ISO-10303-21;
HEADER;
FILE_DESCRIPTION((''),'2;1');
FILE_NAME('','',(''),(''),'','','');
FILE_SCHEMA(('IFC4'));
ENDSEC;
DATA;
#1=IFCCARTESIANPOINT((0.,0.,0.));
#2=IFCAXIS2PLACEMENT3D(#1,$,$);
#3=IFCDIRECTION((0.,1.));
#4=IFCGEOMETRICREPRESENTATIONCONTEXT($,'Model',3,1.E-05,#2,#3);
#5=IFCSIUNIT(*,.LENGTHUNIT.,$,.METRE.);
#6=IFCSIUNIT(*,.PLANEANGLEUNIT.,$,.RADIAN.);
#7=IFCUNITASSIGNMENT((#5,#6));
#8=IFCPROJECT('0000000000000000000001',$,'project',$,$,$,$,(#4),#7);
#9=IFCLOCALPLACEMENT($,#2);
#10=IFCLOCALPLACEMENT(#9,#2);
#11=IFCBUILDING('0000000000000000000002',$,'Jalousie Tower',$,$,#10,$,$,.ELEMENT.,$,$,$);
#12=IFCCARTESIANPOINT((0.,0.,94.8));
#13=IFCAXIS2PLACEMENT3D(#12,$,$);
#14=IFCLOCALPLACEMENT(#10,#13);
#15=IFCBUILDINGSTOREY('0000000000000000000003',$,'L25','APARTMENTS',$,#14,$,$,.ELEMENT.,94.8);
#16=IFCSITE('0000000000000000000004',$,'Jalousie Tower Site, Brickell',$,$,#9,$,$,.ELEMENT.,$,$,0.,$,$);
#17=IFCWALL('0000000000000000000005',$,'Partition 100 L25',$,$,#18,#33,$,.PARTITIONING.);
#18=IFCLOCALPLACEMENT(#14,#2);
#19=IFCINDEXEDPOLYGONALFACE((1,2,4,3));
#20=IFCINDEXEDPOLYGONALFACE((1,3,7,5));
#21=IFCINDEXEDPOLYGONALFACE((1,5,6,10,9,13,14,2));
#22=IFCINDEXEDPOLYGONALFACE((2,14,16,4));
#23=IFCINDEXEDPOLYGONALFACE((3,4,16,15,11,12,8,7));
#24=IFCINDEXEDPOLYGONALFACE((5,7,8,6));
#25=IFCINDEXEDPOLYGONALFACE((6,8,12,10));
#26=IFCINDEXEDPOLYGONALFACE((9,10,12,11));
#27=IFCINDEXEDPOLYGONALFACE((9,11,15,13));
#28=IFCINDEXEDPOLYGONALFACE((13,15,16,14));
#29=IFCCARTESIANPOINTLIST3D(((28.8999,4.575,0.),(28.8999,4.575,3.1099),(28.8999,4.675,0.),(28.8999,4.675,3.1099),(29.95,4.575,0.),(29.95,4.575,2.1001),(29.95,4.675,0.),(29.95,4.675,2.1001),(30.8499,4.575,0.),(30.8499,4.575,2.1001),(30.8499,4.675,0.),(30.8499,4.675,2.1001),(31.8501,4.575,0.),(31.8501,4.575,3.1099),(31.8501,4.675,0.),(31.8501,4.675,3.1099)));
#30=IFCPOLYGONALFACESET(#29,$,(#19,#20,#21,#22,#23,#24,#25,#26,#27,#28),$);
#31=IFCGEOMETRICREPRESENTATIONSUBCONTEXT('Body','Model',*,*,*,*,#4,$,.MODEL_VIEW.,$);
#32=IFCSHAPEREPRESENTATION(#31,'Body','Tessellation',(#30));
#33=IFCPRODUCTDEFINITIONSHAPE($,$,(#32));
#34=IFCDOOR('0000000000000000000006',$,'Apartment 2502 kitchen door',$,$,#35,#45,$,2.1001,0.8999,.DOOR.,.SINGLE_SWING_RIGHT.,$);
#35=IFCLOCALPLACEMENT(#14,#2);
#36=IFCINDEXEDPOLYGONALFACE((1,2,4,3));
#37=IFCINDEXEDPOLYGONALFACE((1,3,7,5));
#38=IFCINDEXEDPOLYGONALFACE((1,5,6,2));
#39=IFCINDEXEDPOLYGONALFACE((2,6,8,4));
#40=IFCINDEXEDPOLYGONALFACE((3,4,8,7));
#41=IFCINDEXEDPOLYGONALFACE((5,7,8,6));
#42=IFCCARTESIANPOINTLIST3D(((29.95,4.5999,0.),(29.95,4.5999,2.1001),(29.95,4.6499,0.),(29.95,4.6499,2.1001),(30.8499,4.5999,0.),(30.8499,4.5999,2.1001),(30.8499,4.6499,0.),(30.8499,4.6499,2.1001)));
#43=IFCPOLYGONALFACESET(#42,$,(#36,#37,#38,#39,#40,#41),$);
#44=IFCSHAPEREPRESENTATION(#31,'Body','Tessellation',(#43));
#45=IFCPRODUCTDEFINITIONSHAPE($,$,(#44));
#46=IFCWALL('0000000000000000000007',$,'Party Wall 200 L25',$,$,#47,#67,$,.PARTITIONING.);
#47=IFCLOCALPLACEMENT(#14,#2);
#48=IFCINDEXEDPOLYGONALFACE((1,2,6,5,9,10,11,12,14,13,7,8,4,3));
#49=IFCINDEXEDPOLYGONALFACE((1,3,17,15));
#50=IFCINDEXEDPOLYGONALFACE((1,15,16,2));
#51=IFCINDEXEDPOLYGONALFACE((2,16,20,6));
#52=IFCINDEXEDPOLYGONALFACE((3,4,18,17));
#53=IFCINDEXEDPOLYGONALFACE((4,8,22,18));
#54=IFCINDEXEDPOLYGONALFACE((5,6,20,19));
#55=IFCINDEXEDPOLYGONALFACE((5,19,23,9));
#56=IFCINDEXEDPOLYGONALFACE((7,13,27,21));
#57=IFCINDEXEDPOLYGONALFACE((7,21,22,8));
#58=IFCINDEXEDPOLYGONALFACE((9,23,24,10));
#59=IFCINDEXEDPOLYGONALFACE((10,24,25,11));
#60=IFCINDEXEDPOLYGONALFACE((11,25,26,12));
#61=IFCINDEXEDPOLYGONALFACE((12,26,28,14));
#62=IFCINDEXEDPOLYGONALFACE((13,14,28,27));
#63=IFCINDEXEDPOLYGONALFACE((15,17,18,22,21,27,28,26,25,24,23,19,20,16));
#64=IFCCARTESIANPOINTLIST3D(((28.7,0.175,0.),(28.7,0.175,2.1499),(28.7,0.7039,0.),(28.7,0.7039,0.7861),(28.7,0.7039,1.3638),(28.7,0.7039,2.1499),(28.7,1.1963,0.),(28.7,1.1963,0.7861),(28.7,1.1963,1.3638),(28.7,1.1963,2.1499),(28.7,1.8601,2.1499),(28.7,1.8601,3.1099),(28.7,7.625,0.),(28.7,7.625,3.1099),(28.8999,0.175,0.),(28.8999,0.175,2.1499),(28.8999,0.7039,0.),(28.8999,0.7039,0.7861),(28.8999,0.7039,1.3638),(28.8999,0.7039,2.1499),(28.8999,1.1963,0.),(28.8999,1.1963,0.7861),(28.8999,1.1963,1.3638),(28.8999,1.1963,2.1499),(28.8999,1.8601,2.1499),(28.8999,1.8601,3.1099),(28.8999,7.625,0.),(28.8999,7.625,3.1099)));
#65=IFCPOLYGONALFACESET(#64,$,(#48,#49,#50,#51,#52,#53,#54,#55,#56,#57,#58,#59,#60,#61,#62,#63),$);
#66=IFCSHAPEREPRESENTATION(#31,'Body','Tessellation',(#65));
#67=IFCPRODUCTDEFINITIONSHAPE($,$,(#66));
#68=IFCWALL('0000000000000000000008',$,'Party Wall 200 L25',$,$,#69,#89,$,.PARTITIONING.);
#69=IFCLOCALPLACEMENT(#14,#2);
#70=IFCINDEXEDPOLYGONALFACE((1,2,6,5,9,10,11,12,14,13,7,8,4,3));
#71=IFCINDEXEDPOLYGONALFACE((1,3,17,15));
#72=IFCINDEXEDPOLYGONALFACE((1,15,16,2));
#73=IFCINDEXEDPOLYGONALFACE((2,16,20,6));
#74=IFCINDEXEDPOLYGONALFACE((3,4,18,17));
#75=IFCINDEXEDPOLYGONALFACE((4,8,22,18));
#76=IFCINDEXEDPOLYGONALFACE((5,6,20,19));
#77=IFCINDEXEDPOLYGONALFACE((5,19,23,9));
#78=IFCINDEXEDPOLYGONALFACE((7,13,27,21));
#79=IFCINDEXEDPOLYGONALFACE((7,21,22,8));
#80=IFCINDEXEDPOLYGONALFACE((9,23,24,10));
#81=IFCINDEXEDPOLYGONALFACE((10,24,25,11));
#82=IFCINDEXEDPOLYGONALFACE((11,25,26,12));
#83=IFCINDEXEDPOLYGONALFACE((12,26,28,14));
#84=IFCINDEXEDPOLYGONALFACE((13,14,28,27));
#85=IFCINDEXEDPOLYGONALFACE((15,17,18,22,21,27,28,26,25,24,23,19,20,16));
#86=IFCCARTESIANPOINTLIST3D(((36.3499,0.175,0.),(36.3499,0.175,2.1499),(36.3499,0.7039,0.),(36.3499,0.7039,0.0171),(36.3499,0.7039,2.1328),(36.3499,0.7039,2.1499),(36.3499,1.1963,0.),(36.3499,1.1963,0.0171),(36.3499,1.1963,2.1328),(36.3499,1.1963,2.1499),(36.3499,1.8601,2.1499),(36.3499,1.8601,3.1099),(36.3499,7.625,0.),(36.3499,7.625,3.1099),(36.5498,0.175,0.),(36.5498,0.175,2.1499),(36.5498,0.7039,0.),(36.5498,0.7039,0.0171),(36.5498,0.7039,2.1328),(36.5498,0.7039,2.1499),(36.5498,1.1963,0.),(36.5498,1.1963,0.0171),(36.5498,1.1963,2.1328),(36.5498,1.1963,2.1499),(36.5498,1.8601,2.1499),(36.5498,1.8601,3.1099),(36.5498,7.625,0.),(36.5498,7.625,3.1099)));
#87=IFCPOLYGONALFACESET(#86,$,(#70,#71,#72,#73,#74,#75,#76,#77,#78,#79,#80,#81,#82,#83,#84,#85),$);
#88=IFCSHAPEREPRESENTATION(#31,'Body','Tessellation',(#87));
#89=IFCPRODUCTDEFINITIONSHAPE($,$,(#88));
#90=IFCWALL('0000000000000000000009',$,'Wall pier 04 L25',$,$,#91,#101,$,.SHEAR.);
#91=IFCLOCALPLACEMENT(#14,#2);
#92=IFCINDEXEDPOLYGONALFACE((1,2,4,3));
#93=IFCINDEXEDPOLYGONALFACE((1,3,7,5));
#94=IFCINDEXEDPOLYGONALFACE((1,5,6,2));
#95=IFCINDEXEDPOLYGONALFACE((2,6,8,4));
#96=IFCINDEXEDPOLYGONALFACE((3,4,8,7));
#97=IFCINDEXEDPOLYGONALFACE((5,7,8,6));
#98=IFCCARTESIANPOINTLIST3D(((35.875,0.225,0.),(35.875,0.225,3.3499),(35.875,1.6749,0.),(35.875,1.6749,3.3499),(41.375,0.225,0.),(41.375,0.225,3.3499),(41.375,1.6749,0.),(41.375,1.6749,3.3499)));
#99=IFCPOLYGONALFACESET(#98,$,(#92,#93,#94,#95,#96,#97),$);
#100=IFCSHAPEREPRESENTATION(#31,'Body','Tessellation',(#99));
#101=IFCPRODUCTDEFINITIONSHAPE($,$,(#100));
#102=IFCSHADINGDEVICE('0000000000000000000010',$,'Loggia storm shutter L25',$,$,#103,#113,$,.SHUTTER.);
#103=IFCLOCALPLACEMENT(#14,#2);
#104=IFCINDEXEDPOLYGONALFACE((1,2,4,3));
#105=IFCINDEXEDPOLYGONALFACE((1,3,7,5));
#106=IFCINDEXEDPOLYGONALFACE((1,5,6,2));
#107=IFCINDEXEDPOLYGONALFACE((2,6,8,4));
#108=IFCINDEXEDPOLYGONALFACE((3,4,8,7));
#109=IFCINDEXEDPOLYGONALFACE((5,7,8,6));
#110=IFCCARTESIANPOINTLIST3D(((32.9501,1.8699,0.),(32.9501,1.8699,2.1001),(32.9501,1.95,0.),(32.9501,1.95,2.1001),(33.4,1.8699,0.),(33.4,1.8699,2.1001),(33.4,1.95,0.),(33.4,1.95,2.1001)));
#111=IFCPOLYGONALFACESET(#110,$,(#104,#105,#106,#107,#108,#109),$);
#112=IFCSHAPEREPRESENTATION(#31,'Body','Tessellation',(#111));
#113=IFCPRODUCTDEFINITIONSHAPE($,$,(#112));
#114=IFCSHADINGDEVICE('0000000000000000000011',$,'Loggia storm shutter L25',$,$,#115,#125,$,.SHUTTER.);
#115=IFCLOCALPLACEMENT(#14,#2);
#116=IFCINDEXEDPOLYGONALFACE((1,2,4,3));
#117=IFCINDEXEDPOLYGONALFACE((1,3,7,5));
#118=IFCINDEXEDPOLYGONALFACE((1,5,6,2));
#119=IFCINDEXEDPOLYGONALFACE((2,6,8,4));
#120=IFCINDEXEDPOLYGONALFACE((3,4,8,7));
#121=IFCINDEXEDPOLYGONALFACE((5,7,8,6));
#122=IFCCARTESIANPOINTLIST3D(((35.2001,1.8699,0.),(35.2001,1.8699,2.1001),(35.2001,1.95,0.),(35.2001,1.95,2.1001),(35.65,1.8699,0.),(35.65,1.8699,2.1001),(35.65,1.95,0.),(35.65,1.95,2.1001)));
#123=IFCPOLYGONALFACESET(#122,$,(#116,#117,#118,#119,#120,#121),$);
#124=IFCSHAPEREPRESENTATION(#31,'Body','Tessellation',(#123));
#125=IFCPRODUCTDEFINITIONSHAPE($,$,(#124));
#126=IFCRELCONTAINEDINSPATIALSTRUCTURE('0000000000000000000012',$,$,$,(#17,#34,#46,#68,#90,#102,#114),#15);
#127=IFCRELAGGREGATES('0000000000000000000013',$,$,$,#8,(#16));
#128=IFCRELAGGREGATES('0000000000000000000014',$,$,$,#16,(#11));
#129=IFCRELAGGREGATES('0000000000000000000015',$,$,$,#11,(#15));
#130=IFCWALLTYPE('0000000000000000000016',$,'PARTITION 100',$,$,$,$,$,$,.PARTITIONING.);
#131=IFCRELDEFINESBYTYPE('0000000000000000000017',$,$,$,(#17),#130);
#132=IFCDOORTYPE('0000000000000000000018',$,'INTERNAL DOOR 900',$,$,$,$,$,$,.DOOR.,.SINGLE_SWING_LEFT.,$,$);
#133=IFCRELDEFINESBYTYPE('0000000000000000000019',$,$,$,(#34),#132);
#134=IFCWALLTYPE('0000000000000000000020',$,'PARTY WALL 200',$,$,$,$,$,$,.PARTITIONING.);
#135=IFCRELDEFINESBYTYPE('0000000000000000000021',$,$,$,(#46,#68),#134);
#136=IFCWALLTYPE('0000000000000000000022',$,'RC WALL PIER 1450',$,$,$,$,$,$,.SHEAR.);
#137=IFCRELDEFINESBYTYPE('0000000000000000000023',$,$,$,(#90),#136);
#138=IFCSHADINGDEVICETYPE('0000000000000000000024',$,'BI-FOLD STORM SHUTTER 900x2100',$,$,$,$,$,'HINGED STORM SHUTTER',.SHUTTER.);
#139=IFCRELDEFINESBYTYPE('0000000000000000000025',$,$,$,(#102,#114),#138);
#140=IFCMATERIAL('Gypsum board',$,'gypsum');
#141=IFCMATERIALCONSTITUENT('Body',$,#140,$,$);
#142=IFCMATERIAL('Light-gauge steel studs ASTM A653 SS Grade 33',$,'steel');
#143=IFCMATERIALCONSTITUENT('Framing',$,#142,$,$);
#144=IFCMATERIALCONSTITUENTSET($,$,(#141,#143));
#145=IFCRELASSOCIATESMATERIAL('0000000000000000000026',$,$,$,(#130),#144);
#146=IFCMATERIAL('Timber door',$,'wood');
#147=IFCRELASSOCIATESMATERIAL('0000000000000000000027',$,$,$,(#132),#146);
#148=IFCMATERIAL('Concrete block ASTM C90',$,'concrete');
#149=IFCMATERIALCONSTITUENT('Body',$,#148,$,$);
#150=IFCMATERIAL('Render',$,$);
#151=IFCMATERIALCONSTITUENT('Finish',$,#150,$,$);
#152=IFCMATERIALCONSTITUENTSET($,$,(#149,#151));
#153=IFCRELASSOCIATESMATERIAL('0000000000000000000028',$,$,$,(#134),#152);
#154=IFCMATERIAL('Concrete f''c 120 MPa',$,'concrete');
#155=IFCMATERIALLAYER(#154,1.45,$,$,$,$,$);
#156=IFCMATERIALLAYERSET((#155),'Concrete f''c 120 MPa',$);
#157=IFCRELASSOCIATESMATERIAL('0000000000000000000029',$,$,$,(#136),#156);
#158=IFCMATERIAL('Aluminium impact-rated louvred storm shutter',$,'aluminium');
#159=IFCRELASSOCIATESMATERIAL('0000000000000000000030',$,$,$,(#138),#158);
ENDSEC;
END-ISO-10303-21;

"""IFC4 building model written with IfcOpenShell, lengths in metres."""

from ifc_helpers import new_model, si_unit, direction, frame, frame_2d, origin, origin_2d, place, context, subcontext, project, spatial, polyline, rectangle, outline, extrude, material, layer, layer_set, constituent, constituent_set, type_object, element, fill, save


model = new_model("IFC4")

# Units and contexts
model_context = context("Model", 3, precision=1e-05, world=origin(), true_north=direction((0.0, 1.0)))
body_context = subcontext(model_context, "Body", "Model", "MODEL_VIEW")
ifc_project = project(units=[si_unit("LENGTHUNIT", "METRE"), si_unit("PLANEANGLEUNIT", "RADIAN")], contexts=[model_context])

# Site, building, storey
site_placement = place(None, origin())
site = spatial("IfcSite", under=ifc_project, at=site_placement, Name="Jalousie Tower Site, Brickell", CompositionType="ELEMENT", RefElevation=0.0)
building_placement = place(site_placement, origin())
building = spatial("IfcBuilding", under=site, at=building_placement, Name="Jalousie Tower", CompositionType="ELEMENT")
storey_placement = place(building_placement, frame((0.0, 0.0, 94.8)))
storey = spatial("IfcBuildingStorey", under=building, at=storey_placement, Name="L25", Description="APARTMENTS", CompositionType="ELEMENT", Elevation=94.8)

# Wall, opening, door
ifc_material_1 = material(Name="Gypsum board", Category="gypsum")
ifc_constituent_1 = constituent(ifc_material_1, Name="Body")
ifc_material_2 = material(Name="Light-gauge steel studs ASTM A653 SS Grade 33", Category="steel")
ifc_constituent_2 = constituent(ifc_material_2, Name="Framing")
ifc_constituent_set_1 = constituent_set(constituents=[ifc_constituent_1, ifc_constituent_2])
wall_type_1 = type_object("IfcWallType", Name="PARTITION 100", PredefinedType="PARTITIONING", material=ifc_constituent_set_1)
wall_1_placement = place(storey_placement, frame((28.8999, 4.625, 0.0), z_axis=(0.0, 0.0, 1.0), x_axis=(1.0, 0.0, 0.0)))
wall_1 = element("IfcWall", 1, at=wall_1_placement, inside=storey, type_object=wall_type_1, Name="Partition 100 L25", PredefinedType="PARTITIONING", context=body_context, shape_type="SweptSolid", body=[
    extrude(rectangle(XDim=2.9502, YDim=0.1001, at=frame_2d((1.4751, 0.0))), origin(), (0.0, 0.0, 1.0), 3.1099),
])
opening_1_placement = place(wall_1_placement, frame((1.05, 0.0, 0.0)))
opening_1 = element("IfcOpeningElement", 2, at=opening_1_placement, cuts=wall_1, PredefinedType="OPENING", context=body_context, shape_type="SweptSolid", body=[
    extrude(rectangle(XDim=0.8999, YDim=2.1001, at=frame_2d((0.45, 1.05))), frame((0.0, 0.0601, 0.0), z_axis=(0.0, -1.0, 0.0), x_axis=(1.0, 0.0, 0.0)), (0.0, 0.0, 1.0), 0.1201),
])
ifc_material_3 = material(Name="Timber door", Category="wood")
door_type_1 = type_object("IfcDoorType", Name="INTERNAL DOOR 900", OperationType="SINGLE_SWING_LEFT", PredefinedType="DOOR", material=ifc_material_3)
door_1_placement = place(opening_1_placement, origin())
door_1 = element("IfcDoor", 3, at=door_1_placement, inside=storey, type_object=door_type_1, Name="Apartment 2502 kitchen door", OperationType="SINGLE_SWING_RIGHT", OverallHeight=2.1001, OverallWidth=0.8999, PredefinedType="DOOR", context=body_context, shape_type="SweptSolid", body=[
    extrude(rectangle(XDim=0.8999, YDim=2.1001, at=frame_2d((0.45, 1.05))), frame((0.0, 0.0249, 0.0), z_axis=(0.0, -1.0, 0.0), x_axis=(1.0, 0.0, 0.0)), (0.0, 0.0, 1.0), 0.05),
])
fill(opening_1, door_1)

# Walls
ifc_material_4 = material(Name="Concrete block ASTM C90", Category="concrete")
ifc_constituent_3 = constituent(ifc_material_4, Name="Body")
ifc_material_5 = material(Name="Render")
ifc_constituent_4 = constituent(ifc_material_5, Name="Finish")
ifc_constituent_set_2 = constituent_set(constituents=[ifc_constituent_3, ifc_constituent_4])
wall_type_2 = type_object("IfcWallType", Name="PARTY WALL 200", PredefinedType="PARTITIONING", material=ifc_constituent_set_2)
wall_2_placement = place(storey_placement, frame((28.8, 0.175, 0.0), z_axis=(0.0, 0.0, 1.0), x_axis=(0.0, 1.0, 0.0)))
element("IfcWall", 4, at=wall_2_placement, inside=storey, type_object=wall_type_2, Name="Party Wall 200 L25", PredefinedType="PARTITIONING", context=body_context, shape_type="SweptSolid", body=[
    extrude(outline(polyline([(0.5288, 2.1499), (0.0, 2.1499), (0.0, 0.0), (0.5288, 0.0), (0.5288, 0.7861), (1.0212, 0.7861), (1.0212, 0.0), (7.45, 0.0), (7.45, 3.1099), (1.6851, 3.1099), (1.6851, 2.1499), (1.0212, 2.1499), (1.0212, 1.3638), (0.5288, 1.3638), (0.5288, 2.1499)])), frame((0.0, 0.1001, 0.0), z_axis=(0.0, -1.0, 0.0), x_axis=(1.0, 0.0, 0.0)), (0.0, 0.0, 1.0), 0.2),
])
wall_3_placement = place(storey_placement, frame((36.45, 0.175, 0.0), z_axis=(0.0, 0.0, 1.0), x_axis=(0.0, 1.0, 0.0)))
element("IfcWall", 5, at=wall_3_placement, inside=storey, type_object=wall_type_2, Name="Party Wall 200 L25", PredefinedType="PARTITIONING", context=body_context, shape_type="SweptSolid", body=[
    extrude(outline(polyline([(0.5288, 2.1499), (0.0, 2.1499), (0.0, 0.0), (0.5288, 0.0), (0.5288, 0.0171), (1.0212, 0.0171), (1.0212, 0.0), (7.45, 0.0), (7.45, 3.1099), (1.6851, 3.1099), (1.6851, 2.1499), (1.0212, 2.1499), (1.0212, 2.1328), (0.5288, 2.1328), (0.5288, 2.1499)])), frame((0.0, 0.1001, 0.0), z_axis=(0.0, -1.0, 0.0), x_axis=(1.0, 0.0, 0.0)), (0.0, 0.0, 1.0), 0.2),
])
ifc_material_6 = material(Name="Concrete f'c 120 MPa", Category="concrete")
ifc_layer_1 = layer(ifc_material_6, 1.45)
ifc_layer_set_1 = layer_set([ifc_layer_1], Name="Concrete f'c 120 MPa")
wall_type_3 = type_object("IfcWallType", Name="RC WALL PIER 1450", PredefinedType="SHEAR", material=ifc_layer_set_1)
wall_4_placement = place(storey_placement, frame((35.875, 0.95, 0.0), z_axis=(0.0, 0.0, 1.0), x_axis=(1.0, 0.0, 0.0)))
element("IfcWall", 6, at=wall_4_placement, inside=storey, type_object=wall_type_3, Name="Wall pier 04 L25", PredefinedType="SHEAR", context=body_context, shape_type="SweptSolid", body=[
    extrude(rectangle(XDim=5.5, YDim=1.45, at=frame_2d((2.75, 0.0))), origin(), (0.0, 0.0, 1.0), 3.3499),
])

# Shading devices
ifc_material_7 = material(Name="Aluminium impact-rated louvred storm shutter", Category="aluminium")
shading_device_type_1 = type_object("IfcShadingDeviceType", Name="BI-FOLD STORM SHUTTER 900x2100", ElementType="HINGED STORM SHUTTER", PredefinedType="SHUTTER", material=ifc_material_7)
for number, where, z_axis, x_axis, name in (
    (7, (33.175, 1.9099, 0.0), (0.0, 0.0, 1.0), (1.0, 0.0, 0.0), "Loggia storm shutter L25"),
    (8, (35.425, 1.9099, 0.0), (0.0, 0.0, 1.0), (1.0, 0.0, 0.0), "Loggia storm shutter L25"),
):
    element("IfcShadingDevice", number, at=place(storey_placement, frame(where, z_axis=z_axis, x_axis=x_axis)), inside=storey, type_object=shading_device_type_1, Name=name, PredefinedType="SHUTTER", context=body_context, shape_type="SweptSolid", body=[
        extrude(rectangle(XDim=0.45, YDim=0.0801, at=origin_2d()), origin(), (0.0, 0.0, 1.0), 2.1001),
    ])

save(model, "model.ifc")
